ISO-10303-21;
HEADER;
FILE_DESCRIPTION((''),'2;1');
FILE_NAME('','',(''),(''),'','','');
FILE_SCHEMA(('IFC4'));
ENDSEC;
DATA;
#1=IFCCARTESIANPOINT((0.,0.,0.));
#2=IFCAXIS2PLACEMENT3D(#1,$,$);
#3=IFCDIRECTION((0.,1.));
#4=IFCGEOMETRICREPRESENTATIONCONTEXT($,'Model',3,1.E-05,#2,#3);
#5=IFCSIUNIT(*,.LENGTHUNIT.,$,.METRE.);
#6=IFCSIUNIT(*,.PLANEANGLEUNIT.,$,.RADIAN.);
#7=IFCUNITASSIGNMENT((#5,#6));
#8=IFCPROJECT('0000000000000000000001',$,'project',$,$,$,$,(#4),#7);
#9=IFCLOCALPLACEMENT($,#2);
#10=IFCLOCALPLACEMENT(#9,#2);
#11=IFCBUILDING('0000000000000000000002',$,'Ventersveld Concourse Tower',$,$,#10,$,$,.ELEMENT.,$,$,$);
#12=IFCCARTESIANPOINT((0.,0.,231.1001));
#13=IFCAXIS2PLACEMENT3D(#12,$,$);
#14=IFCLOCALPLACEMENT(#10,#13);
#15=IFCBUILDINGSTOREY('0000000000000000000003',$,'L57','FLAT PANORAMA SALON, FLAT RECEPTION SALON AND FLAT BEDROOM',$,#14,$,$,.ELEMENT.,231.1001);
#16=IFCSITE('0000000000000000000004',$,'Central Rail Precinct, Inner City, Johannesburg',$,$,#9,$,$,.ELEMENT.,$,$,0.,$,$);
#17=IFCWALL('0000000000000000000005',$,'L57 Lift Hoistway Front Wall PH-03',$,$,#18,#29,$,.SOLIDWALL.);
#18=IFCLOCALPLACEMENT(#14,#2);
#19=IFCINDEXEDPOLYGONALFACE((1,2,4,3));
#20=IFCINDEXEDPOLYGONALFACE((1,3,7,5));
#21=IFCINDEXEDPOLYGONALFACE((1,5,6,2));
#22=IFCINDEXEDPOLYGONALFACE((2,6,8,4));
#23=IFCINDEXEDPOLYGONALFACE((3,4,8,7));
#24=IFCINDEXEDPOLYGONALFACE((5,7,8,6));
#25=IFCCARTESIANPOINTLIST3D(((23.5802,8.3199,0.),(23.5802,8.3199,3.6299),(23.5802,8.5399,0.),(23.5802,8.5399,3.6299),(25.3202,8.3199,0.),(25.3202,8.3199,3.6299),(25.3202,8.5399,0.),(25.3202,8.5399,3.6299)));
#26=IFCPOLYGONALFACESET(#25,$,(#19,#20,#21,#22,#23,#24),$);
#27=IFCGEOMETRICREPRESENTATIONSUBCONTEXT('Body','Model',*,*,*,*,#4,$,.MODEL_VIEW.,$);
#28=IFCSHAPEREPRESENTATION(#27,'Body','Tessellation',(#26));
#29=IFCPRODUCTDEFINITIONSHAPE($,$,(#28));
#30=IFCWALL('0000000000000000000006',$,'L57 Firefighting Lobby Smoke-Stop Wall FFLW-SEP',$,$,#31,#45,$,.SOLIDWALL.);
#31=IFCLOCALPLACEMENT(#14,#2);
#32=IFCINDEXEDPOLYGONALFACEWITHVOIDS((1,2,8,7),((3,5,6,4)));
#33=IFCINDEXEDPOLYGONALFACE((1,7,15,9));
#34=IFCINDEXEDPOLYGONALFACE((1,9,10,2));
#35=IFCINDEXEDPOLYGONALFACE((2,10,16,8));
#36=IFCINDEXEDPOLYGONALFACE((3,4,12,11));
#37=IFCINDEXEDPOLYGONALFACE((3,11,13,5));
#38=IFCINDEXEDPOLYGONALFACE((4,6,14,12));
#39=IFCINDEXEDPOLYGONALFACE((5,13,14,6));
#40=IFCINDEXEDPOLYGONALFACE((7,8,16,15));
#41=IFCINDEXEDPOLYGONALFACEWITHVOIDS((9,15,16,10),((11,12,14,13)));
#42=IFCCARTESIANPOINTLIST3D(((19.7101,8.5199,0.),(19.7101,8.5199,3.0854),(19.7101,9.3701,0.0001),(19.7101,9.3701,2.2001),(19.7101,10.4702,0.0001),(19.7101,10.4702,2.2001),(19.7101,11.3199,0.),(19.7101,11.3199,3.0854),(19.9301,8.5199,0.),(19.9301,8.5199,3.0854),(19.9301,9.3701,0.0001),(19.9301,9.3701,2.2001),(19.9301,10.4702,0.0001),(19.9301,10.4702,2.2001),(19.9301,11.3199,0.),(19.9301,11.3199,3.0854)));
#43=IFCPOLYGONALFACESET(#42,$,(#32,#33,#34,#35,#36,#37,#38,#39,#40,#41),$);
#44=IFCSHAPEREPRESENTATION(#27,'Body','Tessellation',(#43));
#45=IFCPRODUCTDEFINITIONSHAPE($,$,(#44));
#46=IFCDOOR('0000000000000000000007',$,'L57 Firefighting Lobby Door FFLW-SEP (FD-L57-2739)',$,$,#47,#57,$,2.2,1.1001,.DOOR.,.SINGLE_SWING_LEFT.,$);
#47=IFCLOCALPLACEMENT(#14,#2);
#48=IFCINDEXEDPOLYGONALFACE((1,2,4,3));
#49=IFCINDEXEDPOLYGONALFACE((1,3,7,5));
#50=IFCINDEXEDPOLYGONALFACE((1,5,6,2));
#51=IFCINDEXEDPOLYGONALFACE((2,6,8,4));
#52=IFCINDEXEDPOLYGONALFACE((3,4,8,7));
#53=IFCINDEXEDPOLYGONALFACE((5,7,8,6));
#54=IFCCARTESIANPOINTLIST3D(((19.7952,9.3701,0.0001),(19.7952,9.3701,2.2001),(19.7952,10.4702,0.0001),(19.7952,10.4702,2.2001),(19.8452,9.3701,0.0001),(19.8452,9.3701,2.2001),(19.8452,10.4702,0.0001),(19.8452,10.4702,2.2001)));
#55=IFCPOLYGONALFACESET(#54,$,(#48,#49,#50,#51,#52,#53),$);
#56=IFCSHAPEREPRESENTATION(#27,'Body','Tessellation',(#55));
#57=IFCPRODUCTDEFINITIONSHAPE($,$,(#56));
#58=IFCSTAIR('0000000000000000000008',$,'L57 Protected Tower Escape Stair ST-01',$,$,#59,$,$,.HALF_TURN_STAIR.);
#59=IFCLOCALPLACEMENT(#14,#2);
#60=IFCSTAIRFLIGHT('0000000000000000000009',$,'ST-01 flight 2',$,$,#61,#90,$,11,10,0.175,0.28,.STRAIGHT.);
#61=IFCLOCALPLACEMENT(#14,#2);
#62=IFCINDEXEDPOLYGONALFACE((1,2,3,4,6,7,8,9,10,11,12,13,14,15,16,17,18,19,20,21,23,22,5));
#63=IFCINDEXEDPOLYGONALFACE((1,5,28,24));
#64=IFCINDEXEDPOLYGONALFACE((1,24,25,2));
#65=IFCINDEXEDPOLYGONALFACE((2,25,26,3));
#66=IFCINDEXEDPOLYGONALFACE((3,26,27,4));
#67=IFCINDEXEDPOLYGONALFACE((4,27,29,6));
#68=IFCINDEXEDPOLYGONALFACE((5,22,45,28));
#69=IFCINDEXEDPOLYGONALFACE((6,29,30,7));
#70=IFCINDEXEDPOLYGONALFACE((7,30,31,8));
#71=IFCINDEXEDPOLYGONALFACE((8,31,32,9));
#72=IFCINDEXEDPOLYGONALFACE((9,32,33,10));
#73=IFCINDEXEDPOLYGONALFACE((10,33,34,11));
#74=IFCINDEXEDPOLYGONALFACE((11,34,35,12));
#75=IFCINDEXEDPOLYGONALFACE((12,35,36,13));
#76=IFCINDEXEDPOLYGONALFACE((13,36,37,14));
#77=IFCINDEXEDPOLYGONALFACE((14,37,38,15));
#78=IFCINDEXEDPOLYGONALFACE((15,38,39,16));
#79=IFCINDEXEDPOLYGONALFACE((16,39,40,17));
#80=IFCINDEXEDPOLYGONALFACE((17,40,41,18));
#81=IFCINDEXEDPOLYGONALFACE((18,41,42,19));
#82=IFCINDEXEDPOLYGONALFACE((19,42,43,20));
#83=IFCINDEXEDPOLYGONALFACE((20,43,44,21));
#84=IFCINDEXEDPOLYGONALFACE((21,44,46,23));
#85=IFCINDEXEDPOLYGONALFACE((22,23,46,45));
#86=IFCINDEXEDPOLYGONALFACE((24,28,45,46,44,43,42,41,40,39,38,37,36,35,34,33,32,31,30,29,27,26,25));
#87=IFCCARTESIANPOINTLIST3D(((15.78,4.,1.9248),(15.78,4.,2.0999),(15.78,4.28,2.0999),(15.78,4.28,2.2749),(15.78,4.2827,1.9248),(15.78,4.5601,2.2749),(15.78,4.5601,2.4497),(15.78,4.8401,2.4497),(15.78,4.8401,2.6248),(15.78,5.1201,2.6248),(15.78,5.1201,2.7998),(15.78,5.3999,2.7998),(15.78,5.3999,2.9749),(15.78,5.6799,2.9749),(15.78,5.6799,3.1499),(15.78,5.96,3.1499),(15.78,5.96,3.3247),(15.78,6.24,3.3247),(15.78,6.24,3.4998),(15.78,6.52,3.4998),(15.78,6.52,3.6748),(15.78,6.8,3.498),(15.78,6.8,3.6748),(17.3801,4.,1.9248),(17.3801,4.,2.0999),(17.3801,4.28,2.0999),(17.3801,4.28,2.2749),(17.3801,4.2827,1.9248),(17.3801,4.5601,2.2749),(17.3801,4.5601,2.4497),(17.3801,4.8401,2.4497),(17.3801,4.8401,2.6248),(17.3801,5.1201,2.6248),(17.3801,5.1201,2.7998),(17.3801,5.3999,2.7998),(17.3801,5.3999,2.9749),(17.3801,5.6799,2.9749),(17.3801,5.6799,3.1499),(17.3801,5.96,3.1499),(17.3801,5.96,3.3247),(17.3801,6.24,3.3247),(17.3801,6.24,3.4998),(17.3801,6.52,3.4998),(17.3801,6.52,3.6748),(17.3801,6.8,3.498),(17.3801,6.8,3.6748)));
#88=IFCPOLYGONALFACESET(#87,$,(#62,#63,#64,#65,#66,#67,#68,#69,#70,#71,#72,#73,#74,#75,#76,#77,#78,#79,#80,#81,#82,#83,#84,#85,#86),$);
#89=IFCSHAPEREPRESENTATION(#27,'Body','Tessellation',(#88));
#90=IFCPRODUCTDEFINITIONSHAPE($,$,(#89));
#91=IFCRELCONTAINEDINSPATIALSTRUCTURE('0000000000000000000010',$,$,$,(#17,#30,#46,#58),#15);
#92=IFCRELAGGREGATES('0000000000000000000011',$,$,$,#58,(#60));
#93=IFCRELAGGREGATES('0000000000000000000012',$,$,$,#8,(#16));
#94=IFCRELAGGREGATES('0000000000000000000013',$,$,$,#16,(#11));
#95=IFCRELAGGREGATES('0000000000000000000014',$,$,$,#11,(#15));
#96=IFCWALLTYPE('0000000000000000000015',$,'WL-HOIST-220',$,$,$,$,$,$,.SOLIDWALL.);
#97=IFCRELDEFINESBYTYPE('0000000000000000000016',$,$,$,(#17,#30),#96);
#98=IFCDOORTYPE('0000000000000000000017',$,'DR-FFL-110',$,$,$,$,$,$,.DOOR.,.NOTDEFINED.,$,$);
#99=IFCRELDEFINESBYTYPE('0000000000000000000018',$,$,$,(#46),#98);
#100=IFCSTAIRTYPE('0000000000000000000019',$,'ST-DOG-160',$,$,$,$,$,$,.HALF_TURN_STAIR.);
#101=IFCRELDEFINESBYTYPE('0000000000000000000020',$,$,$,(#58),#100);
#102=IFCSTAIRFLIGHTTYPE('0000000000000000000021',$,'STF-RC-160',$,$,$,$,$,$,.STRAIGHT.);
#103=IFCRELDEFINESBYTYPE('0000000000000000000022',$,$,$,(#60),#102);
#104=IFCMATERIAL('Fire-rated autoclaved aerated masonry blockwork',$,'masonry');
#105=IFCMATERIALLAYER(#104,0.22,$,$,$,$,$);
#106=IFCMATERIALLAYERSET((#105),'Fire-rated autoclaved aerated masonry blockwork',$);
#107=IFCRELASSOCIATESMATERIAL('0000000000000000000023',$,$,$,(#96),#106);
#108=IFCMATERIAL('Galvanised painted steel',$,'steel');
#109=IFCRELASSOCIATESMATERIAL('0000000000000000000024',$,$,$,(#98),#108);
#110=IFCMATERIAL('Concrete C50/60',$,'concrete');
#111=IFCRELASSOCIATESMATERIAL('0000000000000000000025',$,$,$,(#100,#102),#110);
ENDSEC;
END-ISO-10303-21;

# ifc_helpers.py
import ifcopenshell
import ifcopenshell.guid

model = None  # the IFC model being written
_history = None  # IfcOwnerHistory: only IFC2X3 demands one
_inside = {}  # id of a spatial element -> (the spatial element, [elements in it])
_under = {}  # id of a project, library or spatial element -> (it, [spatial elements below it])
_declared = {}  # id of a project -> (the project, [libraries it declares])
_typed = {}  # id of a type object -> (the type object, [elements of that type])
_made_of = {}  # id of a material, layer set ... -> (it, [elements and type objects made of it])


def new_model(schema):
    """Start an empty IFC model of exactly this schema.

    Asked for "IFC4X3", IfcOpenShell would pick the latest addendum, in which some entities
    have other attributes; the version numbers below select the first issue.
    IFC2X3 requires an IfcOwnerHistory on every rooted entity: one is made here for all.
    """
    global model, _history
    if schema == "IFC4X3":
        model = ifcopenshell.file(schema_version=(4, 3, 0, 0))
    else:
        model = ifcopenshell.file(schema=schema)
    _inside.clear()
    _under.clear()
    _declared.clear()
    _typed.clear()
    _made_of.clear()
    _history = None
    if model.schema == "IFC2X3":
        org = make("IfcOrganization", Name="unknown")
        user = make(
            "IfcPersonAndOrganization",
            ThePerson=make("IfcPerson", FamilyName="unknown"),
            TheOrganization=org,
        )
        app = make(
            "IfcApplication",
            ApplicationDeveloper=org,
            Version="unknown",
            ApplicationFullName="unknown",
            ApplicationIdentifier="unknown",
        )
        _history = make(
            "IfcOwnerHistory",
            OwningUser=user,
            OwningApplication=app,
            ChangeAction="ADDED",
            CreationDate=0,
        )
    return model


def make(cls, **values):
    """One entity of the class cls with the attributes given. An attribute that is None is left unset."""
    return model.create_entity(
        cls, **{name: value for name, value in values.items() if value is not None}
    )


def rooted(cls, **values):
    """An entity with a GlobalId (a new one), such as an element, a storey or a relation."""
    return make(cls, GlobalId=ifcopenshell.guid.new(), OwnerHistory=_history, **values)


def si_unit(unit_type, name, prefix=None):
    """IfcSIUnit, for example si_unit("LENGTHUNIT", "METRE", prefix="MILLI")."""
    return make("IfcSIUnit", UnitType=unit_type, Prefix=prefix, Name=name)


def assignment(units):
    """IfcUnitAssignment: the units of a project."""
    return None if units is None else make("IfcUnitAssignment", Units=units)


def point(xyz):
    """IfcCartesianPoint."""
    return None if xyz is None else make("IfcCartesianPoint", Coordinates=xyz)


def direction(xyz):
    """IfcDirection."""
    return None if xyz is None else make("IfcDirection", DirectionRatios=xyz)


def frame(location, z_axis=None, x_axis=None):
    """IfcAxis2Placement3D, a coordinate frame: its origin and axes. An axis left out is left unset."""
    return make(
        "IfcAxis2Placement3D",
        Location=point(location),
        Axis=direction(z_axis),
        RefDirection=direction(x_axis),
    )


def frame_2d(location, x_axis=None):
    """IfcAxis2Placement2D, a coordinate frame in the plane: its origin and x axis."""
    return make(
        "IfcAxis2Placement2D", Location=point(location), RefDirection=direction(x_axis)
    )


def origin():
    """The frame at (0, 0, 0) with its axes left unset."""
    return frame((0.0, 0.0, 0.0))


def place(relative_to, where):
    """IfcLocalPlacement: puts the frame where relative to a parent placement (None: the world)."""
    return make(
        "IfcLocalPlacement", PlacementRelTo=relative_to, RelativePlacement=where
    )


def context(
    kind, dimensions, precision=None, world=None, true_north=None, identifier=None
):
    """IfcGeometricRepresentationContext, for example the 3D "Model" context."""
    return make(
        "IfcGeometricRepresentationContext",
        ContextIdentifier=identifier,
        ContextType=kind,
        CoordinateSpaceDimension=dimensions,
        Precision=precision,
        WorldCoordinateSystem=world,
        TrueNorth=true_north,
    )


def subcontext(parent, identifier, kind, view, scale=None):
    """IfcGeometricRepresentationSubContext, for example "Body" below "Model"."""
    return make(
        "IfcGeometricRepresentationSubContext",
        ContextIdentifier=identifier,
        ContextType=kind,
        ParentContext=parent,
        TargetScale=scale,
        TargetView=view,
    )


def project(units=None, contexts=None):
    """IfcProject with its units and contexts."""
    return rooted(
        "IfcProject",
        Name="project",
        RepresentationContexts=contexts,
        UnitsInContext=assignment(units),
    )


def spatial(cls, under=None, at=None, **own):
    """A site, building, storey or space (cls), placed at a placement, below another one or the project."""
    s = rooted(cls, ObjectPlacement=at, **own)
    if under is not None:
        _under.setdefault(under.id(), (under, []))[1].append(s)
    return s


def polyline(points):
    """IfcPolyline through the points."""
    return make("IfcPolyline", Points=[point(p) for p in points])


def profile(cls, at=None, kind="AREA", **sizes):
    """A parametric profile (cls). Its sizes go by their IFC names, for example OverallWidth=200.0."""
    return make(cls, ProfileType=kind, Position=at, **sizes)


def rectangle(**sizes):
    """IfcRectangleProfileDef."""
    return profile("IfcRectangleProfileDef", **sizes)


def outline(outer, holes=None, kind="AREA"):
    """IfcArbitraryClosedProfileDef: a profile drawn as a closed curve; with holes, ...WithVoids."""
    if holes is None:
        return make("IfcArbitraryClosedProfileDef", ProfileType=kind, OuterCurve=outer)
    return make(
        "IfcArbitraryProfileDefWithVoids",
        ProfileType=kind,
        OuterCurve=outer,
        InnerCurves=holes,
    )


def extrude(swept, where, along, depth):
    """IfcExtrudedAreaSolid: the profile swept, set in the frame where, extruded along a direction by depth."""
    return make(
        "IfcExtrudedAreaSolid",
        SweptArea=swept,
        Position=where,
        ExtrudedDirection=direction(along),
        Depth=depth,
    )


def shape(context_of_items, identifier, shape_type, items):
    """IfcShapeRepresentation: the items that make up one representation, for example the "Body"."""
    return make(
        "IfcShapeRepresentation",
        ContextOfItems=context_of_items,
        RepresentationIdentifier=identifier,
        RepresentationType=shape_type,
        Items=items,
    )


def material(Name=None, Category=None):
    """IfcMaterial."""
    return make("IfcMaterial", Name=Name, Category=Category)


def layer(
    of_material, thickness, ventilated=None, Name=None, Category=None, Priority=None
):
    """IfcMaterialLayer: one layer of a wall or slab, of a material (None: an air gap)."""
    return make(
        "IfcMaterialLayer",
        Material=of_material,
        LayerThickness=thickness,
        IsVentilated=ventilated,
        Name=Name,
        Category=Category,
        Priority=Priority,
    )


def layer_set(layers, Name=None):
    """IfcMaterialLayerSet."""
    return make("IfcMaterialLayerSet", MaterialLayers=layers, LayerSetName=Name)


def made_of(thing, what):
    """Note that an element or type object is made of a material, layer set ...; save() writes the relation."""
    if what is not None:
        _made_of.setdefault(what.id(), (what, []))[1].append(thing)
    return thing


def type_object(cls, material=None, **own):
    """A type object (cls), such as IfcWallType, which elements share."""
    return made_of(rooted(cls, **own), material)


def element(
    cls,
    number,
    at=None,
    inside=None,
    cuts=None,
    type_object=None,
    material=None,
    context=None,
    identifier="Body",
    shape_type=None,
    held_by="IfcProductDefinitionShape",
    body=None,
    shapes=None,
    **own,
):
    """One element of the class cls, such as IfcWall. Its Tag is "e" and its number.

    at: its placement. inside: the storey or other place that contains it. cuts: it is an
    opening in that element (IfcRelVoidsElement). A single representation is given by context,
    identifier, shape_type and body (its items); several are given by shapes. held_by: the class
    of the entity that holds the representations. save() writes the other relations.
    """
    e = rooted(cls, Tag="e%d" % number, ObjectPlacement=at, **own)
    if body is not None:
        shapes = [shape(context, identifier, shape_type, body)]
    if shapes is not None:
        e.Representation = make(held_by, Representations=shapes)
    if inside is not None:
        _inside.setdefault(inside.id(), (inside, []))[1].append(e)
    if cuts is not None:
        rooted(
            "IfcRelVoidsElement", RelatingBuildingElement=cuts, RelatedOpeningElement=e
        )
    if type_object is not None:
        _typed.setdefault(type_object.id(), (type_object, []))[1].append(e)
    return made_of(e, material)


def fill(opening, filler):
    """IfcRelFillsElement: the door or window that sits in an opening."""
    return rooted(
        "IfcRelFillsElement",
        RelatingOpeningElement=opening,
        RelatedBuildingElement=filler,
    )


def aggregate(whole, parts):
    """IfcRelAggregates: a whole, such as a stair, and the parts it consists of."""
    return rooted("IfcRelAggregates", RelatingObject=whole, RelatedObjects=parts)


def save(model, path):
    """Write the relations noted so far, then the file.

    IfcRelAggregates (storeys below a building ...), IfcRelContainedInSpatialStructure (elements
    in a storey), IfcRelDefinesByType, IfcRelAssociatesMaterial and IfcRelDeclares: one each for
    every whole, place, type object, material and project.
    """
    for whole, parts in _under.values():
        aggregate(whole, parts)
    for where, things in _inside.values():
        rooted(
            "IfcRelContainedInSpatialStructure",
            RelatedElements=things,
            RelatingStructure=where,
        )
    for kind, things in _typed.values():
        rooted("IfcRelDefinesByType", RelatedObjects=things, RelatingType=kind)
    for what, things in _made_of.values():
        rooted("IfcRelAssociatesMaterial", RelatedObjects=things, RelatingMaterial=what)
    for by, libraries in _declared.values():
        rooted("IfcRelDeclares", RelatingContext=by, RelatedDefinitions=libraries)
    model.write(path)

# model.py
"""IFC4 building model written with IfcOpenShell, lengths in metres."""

from ifc_helpers import new_model, si_unit, direction, frame, frame_2d, origin, place, context, subcontext, project, spatial, polyline, rectangle, outline, extrude, material, layer, layer_set, type_object, element, fill, aggregate, save


model = new_model("IFC4")

# Units and contexts
model_context = context("Model", 3, precision=1e-05, world=origin(), true_north=direction((0.0, 1.0)))
body_context = subcontext(model_context, "Body", "Model", "MODEL_VIEW")
ifc_project = project(units=[si_unit("LENGTHUNIT", "METRE"), si_unit("PLANEANGLEUNIT", "RADIAN")], contexts=[model_context])

# Site, building, storey
site_placement = place(None, origin())
site = spatial("IfcSite", under=ifc_project, at=site_placement, Name="Central Rail Precinct, Inner City, Johannesburg", CompositionType="ELEMENT", RefElevation=0.0)
building_placement = place(site_placement, origin())
building = spatial("IfcBuilding", under=site, at=building_placement, Name="Ventersveld Concourse Tower", CompositionType="ELEMENT")
storey_placement = place(building_placement, frame((0.0, 0.0, 231.1001)))
storey = spatial("IfcBuildingStorey", under=building, at=storey_placement, Name="L57", Description="FLAT PANORAMA SALON, FLAT RECEPTION SALON AND FLAT BEDROOM", CompositionType="ELEMENT", Elevation=231.1001)

# Shared definitions
ifc_material_1 = material(Name="Concrete C50/60", Category="concrete")

# Shared definitions
ifc_material_2 = material(Name="Fire-rated autoclaved aerated masonry blockwork", Category="masonry")
ifc_layer_1 = layer(ifc_material_2, 0.22)
ifc_layer_set_1 = layer_set([ifc_layer_1], Name="Fire-rated autoclaved aerated masonry blockwork")
wall_type_1 = type_object("IfcWallType", Name="WL-HOIST-220", PredefinedType="SOLIDWALL", material=ifc_layer_set_1)

# Wall
wall_1_placement = place(storey_placement, frame((23.5801, 8.4299, 0.0), z_axis=(0.0, 0.0, 1.0), x_axis=(1.0, 0.0, 0.0)))
element("IfcWall", 1, at=wall_1_placement, inside=storey, type_object=wall_type_1, Name="L57 Lift Hoistway Front Wall PH-03", PredefinedType="SOLIDWALL", context=body_context, shape_type="SweptSolid", body=[
    extrude(rectangle(XDim=1.74, YDim=0.22, at=frame_2d((0.8701, 0.0))), origin(), (0.0, 0.0, 1.0), 3.6299),
])

# Wall, opening, door
wall_2_placement = place(storey_placement, frame((19.8201, 8.52, 0.0), z_axis=(0.0, 0.0, 1.0), x_axis=(0.0, 1.0, 0.0)))
wall_2 = element("IfcWall", 2, at=wall_2_placement, inside=storey, type_object=wall_type_1, Name="L57 Firefighting Lobby Smoke-Stop Wall FFLW-SEP", PredefinedType="SOLIDWALL", context=body_context, shape_type="SweptSolid", body=[
    extrude(rectangle(XDim=2.8, YDim=0.22, at=frame_2d((1.3999, 0.0))), origin(), (0.0, 0.0, 1.0), 3.0854),
])
opening_1_placement = place(wall_2_placement, frame((0.8501, 0.0, 0.0)))
opening_1 = element("IfcOpeningElement", 3, at=opening_1_placement, cuts=wall_2, PredefinedType="OPENING", context=body_context, shape_type="SweptSolid", body=[
    extrude(rectangle(XDim=1.1001, YDim=2.2, at=frame_2d((0.55, 1.1001))), frame((0.0, 0.1201, 0.0), z_axis=(0.0, -1.0, 0.0), x_axis=(1.0, 0.0, 0.0)), (0.0, 0.0, 1.0), 0.24),
])
ifc_material_3 = material(Name="Galvanised painted steel", Category="steel")
door_type_1 = type_object("IfcDoorType", Name="DR-FFL-110", OperationType="NOTDEFINED", PredefinedType="DOOR", material=ifc_material_3)
door_1_placement = place(opening_1_placement, origin())
door_1 = element("IfcDoor", 4, at=door_1_placement, inside=storey, type_object=door_type_1, Name="L57 Firefighting Lobby Door FFLW-SEP (FD-L57-2739)", OperationType="SINGLE_SWING_LEFT", OverallHeight=2.2, OverallWidth=1.1001, PredefinedType="DOOR", context=body_context, shape_type="SweptSolid", body=[
    extrude(rectangle(XDim=1.1001, YDim=2.2, at=frame_2d((0.55, 1.1001))), frame((0.0, 0.0249, 0.0), z_axis=(0.0, -1.0, 0.0), x_axis=(1.0, 0.0, 0.0)), (0.0, 0.0, 1.0), 0.05),
])
fill(opening_1, door_1)

# Stair, stair flight
stair_type = type_object("IfcStairType", Name="ST-DOG-160", PredefinedType="HALF_TURN_STAIR", material=ifc_material_1)
stair_placement = place(storey_placement, origin())
stair = element("IfcStair", 5, at=stair_placement, inside=storey, type_object=stair_type, Name="L57 Protected Tower Escape Stair ST-01", PredefinedType="HALF_TURN_STAIR")
stair_flight_type = type_object("IfcStairFlightType", Name="STF-RC-160", PredefinedType="STRAIGHT", material=ifc_material_1)
stair_flight_placement = place(storey_placement, frame((16.5801, 4.0, 1.9248), z_axis=(0.0, 0.0, 1.0), x_axis=(0.0, 1.0, 0.0)))
stair_flight = element("IfcStairFlight", 6, at=stair_flight_placement, type_object=stair_flight_type, Name="ST-01 flight 2", NumberOfRisers=11, NumberOfTreads=10, PredefinedType="STRAIGHT", RiserHeight=0.175, TreadLength=0.28, context=body_context, shape_type="SweptSolid", body=[
    extrude(outline(polyline([(0.0, 0.0), (0.0, 0.175), (0.28, 0.175), (0.28, 0.3501), (0.5601, 0.3501), (0.5601, 0.5249), (0.8401, 0.5249), (0.8401, 0.7), (1.1201, 0.7), (1.1201, 0.875), (1.3999, 0.875), (1.3999, 1.05), (1.6799, 1.05), (1.6799, 1.2251), (1.96, 1.2251), (1.96, 1.3999), (2.24, 1.3999), (2.24, 1.575), (2.52, 1.575), (2.52, 1.75), (2.8, 1.75), (2.8, 1.925), (2.8, 1.5732), (0.2827, 0.0), (0.0, 0.0)])), frame((0.0, 0.8, 0.0), z_axis=(0.0, -1.0, 0.0), x_axis=(1.0, 0.0, 0.0)), (0.0, 0.0, 1.0), 1.6001),
])
aggregate(stair, [stair_flight])

save(model, "model.ifc")
